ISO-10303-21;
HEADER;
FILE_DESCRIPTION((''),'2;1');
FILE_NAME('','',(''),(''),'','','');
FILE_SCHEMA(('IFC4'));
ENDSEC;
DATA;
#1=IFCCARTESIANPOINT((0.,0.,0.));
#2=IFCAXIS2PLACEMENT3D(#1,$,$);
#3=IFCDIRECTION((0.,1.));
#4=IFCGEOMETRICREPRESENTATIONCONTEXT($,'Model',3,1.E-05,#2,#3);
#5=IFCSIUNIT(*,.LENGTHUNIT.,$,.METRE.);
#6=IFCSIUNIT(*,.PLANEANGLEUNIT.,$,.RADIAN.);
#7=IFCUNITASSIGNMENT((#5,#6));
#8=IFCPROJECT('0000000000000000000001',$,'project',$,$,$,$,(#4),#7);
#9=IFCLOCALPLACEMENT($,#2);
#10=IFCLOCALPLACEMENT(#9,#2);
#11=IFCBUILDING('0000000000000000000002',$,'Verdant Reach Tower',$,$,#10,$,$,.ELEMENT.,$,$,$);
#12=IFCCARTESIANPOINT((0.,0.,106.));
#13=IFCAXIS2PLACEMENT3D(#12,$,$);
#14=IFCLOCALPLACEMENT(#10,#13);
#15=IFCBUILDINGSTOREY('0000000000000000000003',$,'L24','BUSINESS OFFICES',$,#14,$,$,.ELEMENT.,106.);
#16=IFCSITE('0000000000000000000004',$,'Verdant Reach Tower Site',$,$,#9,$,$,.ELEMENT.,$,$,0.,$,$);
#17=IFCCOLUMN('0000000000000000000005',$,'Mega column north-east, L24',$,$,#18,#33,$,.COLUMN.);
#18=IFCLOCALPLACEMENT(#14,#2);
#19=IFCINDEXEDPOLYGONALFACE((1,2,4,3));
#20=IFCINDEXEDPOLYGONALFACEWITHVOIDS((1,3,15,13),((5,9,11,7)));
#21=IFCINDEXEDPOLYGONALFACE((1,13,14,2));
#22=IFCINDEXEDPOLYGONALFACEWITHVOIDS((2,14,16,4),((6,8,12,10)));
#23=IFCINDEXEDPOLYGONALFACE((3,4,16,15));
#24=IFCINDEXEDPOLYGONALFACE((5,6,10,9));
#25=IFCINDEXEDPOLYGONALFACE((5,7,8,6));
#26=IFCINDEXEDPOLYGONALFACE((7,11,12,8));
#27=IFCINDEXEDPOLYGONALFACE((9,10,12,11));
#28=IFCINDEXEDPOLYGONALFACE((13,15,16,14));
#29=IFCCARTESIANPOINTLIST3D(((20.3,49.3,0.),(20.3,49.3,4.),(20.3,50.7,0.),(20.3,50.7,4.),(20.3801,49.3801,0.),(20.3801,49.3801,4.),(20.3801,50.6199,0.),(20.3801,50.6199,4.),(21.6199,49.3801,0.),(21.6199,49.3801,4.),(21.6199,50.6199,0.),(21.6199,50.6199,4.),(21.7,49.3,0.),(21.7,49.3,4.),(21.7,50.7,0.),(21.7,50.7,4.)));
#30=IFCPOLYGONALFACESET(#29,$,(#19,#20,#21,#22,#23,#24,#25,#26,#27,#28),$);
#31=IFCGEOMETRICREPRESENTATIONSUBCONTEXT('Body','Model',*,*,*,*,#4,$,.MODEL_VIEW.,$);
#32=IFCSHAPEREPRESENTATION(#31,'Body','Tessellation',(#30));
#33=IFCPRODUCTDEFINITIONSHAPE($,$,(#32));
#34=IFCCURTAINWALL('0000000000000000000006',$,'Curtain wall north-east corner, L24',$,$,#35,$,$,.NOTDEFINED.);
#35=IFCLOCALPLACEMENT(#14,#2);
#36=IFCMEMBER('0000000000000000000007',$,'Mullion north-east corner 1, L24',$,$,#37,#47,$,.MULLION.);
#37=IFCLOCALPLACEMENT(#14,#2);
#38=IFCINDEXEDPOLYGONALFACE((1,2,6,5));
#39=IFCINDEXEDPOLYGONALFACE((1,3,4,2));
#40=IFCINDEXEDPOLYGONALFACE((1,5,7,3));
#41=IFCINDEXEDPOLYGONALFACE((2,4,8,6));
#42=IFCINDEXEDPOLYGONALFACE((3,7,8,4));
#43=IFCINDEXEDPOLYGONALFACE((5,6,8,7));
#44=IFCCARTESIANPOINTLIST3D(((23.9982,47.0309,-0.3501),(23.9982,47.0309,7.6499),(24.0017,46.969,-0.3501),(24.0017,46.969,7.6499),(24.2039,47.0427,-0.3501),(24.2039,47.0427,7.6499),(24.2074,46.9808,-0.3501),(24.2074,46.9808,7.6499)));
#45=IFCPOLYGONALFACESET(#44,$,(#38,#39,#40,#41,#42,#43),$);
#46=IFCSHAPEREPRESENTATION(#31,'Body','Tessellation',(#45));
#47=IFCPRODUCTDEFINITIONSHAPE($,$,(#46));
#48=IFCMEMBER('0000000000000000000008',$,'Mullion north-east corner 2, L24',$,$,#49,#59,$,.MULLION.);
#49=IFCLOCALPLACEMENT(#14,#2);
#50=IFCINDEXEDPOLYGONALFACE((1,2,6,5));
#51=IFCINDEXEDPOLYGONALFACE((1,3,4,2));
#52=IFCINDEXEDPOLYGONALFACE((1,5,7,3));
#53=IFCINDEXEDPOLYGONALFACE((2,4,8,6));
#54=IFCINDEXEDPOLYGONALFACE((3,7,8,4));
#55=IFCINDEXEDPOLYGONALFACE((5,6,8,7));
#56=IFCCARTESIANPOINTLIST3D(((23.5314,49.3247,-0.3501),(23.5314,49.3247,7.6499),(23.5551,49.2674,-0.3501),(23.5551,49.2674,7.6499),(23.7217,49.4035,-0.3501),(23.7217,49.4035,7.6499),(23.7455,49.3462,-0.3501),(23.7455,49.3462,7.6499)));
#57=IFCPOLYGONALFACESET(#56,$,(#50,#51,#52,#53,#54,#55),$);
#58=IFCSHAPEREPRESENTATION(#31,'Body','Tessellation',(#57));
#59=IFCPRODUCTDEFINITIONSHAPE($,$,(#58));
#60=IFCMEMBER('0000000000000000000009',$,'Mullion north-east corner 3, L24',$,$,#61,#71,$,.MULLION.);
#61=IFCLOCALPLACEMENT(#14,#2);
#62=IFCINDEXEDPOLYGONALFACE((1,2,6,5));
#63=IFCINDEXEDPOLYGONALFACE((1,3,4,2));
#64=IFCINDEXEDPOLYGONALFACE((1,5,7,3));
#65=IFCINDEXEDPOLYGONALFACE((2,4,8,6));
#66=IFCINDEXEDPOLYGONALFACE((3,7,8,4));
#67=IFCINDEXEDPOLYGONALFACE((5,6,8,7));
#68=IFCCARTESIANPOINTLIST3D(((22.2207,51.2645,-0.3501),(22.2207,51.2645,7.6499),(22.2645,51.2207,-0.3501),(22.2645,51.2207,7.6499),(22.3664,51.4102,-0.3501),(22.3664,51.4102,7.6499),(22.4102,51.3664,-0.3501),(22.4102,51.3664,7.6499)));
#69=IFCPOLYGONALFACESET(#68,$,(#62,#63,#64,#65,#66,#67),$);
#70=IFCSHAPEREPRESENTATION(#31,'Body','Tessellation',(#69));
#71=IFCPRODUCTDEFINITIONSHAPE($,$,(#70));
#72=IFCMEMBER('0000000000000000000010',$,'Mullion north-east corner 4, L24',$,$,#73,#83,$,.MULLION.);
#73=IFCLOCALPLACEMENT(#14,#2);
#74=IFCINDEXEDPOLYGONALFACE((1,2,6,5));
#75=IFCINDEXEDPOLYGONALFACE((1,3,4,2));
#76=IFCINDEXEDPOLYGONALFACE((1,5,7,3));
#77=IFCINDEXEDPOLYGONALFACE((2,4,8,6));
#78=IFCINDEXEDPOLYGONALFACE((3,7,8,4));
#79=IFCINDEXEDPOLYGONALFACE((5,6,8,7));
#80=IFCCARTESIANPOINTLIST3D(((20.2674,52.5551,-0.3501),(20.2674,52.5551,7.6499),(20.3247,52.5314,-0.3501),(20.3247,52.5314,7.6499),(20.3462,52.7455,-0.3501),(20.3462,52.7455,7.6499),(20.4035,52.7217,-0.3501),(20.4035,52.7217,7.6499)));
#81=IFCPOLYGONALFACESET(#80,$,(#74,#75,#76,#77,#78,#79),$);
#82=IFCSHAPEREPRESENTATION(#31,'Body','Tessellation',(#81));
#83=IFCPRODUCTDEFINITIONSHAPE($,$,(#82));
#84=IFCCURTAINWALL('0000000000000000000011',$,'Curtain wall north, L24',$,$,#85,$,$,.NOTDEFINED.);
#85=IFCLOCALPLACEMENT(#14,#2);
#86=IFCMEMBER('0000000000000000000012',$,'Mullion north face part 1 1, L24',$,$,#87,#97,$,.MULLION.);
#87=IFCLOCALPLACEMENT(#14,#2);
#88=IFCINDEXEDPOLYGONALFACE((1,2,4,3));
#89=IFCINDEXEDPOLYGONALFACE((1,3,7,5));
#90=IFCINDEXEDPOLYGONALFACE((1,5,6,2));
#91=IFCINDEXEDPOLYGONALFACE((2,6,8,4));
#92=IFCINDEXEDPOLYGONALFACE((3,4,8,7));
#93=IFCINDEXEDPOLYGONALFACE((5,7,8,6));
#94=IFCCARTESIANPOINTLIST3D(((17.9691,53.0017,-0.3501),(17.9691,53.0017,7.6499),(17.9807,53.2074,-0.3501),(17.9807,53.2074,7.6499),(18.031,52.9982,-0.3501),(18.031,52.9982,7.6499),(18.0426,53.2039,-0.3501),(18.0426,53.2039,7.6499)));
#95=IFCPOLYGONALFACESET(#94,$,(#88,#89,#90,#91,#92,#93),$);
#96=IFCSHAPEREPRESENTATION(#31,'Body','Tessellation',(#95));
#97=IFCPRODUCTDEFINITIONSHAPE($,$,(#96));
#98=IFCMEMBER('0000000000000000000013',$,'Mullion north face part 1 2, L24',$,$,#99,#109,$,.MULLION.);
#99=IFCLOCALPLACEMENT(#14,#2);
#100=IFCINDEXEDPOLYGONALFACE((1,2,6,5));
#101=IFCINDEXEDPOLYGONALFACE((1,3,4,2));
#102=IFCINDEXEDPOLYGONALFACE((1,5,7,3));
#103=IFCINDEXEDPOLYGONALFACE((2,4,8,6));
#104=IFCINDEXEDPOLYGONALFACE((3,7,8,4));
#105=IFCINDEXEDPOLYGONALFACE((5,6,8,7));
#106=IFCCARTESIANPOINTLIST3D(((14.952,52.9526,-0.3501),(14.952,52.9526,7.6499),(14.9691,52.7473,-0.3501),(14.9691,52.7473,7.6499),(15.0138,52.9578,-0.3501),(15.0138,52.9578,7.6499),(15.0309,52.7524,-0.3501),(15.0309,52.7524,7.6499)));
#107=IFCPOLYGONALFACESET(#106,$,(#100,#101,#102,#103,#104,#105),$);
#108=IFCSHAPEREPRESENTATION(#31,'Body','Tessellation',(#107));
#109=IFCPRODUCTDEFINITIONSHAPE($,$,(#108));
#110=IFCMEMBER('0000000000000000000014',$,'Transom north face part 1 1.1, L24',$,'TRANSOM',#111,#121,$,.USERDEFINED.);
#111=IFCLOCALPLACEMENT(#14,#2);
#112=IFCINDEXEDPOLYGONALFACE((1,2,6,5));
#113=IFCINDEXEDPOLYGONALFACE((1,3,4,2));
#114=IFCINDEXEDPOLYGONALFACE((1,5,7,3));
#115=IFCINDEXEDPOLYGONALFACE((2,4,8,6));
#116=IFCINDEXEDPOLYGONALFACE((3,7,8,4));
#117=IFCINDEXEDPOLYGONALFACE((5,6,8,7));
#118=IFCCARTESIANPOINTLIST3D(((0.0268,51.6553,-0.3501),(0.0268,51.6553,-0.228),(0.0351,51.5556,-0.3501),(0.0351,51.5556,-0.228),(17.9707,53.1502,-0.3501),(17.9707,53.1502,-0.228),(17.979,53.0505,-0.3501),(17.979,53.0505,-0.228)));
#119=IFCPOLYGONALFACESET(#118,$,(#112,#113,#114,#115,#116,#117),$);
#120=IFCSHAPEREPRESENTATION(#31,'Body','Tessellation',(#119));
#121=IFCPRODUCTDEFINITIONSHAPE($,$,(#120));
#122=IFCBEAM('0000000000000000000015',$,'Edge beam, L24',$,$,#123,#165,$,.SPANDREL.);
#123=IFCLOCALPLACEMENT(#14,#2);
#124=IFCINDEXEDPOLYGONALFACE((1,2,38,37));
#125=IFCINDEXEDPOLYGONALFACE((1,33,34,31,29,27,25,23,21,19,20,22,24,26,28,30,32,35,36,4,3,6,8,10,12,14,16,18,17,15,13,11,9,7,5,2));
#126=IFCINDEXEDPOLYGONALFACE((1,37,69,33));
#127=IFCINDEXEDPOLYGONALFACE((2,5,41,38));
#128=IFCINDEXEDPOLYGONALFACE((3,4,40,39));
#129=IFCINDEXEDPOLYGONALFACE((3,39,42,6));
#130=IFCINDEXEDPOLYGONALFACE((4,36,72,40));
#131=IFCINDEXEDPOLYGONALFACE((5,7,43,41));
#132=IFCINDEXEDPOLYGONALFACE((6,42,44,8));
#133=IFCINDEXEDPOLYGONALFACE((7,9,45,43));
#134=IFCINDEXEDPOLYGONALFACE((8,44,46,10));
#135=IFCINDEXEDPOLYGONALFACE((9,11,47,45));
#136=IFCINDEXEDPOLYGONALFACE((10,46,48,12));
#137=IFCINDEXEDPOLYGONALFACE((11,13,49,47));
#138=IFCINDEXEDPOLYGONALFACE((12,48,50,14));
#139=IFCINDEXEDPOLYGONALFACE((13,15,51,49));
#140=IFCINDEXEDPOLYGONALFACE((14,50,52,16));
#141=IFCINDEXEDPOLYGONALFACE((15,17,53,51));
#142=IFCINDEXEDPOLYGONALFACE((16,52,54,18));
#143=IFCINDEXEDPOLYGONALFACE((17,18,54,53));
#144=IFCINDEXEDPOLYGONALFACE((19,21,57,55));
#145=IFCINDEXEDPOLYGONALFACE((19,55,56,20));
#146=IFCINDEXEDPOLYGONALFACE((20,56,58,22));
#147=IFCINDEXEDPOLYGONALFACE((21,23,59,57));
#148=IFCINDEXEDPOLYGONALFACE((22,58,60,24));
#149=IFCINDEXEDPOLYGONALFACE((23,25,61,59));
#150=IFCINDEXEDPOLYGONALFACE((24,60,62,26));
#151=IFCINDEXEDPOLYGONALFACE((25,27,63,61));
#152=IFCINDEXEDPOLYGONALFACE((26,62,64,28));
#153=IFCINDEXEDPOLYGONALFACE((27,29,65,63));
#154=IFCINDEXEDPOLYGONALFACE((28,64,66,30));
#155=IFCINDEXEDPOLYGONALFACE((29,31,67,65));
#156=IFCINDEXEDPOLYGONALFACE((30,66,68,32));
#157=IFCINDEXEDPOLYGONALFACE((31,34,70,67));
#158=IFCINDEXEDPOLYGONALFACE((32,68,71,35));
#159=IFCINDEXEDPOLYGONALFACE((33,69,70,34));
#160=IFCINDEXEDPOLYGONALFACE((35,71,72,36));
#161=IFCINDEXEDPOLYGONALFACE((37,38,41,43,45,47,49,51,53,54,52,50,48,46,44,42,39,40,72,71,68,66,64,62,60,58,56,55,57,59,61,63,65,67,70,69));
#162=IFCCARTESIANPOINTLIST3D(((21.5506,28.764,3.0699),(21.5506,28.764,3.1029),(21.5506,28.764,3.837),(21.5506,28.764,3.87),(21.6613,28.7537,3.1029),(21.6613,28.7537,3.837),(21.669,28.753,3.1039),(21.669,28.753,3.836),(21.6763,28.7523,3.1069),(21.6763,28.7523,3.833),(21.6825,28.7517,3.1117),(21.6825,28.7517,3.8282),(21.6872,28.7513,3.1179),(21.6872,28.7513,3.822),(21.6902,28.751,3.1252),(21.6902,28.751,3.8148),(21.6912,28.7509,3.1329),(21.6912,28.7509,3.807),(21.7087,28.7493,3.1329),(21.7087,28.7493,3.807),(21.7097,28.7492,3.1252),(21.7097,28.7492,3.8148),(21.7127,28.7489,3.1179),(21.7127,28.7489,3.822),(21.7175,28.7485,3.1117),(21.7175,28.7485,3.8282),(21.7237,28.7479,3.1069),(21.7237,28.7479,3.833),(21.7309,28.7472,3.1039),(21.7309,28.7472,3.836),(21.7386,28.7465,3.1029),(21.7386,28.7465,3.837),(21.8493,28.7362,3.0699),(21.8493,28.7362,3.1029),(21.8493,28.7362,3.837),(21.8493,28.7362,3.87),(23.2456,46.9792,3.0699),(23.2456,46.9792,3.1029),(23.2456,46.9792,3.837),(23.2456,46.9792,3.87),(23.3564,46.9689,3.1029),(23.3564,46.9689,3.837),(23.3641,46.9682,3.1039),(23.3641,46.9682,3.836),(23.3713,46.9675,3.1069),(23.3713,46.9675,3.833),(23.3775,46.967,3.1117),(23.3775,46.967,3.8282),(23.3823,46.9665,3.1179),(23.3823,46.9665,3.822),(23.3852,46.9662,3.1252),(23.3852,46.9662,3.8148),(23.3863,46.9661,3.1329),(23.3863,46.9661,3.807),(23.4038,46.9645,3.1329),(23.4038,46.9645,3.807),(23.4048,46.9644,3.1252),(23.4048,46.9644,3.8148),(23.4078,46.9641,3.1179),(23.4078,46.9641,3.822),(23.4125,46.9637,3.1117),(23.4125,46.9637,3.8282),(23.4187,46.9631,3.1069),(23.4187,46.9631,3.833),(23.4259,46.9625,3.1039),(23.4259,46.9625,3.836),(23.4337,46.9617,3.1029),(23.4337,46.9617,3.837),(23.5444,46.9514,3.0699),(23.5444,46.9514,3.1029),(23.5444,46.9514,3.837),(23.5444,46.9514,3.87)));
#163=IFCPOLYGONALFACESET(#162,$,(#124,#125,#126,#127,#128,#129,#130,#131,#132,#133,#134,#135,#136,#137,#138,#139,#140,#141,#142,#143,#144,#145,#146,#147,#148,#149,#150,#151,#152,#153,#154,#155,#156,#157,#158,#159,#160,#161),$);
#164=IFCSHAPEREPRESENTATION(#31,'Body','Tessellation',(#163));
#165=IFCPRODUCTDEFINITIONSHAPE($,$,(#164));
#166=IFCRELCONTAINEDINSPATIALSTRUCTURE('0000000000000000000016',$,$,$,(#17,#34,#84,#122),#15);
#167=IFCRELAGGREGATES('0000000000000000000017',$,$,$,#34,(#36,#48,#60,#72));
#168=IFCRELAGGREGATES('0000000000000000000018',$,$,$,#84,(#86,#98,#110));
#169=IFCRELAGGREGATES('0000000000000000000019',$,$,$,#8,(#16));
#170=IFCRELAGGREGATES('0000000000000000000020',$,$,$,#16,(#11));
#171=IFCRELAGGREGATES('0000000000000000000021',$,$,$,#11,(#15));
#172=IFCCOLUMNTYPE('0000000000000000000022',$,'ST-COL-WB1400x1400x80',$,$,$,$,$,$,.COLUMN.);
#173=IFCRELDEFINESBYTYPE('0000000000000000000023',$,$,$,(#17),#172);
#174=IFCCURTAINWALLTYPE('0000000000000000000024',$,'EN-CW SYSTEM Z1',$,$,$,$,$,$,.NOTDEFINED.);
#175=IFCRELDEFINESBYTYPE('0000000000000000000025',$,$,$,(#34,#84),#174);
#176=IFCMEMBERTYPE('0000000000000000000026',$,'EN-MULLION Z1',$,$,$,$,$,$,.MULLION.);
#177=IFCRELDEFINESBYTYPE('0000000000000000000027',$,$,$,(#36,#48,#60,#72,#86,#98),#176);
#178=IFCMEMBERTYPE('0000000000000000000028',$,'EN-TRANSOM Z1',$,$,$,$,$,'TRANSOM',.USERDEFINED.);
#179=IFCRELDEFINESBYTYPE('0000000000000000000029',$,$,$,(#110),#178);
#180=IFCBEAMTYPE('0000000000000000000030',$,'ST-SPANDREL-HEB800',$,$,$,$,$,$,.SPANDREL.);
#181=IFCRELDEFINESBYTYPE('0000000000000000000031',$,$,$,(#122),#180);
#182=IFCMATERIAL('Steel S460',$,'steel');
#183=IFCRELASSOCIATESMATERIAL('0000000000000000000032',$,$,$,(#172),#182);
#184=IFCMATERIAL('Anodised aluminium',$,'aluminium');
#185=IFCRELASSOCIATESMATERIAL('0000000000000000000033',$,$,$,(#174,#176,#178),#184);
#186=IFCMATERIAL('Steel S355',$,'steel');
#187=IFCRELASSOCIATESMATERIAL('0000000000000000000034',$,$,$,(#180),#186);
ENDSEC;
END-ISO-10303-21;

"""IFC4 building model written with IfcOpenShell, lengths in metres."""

from ifc_helpers import new_model, si_unit, direction, frame, origin, origin_2d, place, context, subcontext, project, spatial, rectangle, hollow_rectangle, i_section, extrude, material, material_profile, profile_set, type_object, element, aggregate, save


model = new_model("IFC4")

# Units and contexts
model_context = context("Model", 3, precision=1e-05, world=origin(), true_north=direction((0.0, 1.0)))
body_context = subcontext(model_context, "Body", "Model", "MODEL_VIEW")
ifc_project = project(units=[si_unit("LENGTHUNIT", "METRE"), si_unit("PLANEANGLEUNIT", "RADIAN")], contexts=[model_context])

# Site, building, storey
site_placement = place(None, origin())
site = spatial("IfcSite", under=ifc_project, at=site_placement, Name="Verdant Reach Tower Site", CompositionType="ELEMENT", RefElevation=0.0)
building_placement = place(site_placement, origin())
building = spatial("IfcBuilding", under=site, at=building_placement, Name="Verdant Reach Tower", CompositionType="ELEMENT")
storey_placement = place(building_placement, frame((0.0, 0.0, 106.0)))
storey = spatial("IfcBuildingStorey", under=building, at=storey_placement, Name="L24", Description="BUSINESS OFFICES", CompositionType="ELEMENT", Elevation=106.0)

# Column
ifc_material_1 = material(Name="Steel S460", Category="steel")
ifc_material_profile_1 = material_profile(ifc_material_1, hollow_rectangle(XDim=1.3999, YDim=1.3999, WallThickness=0.0801, at=origin_2d()), Name="WB 1400x1400x80")
ifc_profile_set_1 = profile_set([ifc_material_profile_1], Name="Steel S460")
column_type = type_object("IfcColumnType", Name="ST-COL-WB1400x1400x80", PredefinedType="COLUMN", material=ifc_profile_set_1)
column_placement = place(storey_placement, frame((21.0, 50.0, 0.0), z_axis=(0.0, 0.0, 1.0), x_axis=(1.0, 0.0, 0.0)))
element("IfcColumn", 1, at=column_placement, inside=storey, type_object=column_type, Name="Mega column north-east, L24", PredefinedType="COLUMN", context=body_context, shape_type="SweptSolid", body=[
    extrude(hollow_rectangle(XDim=1.3999, YDim=1.3999, WallThickness=0.0801, at=origin_2d()), origin(), (0.0, 0.0, 1.0), 4.0),
])

# Curtain walls, members
ifc_material_2 = material(Name="Anodised aluminium", Category="aluminium")
curtain_wall_type = type_object("IfcCurtainWallType", Name="EN-CW SYSTEM Z1", PredefinedType="NOTDEFINED", material=ifc_material_2)
curtain_wall_1_placement = place(storey_placement, origin())
curtain_wall_1 = element("IfcCurtainWall", 2, at=curtain_wall_1_placement, inside=storey, type_object=curtain_wall_type, Name="Curtain wall north-east corner, L24", PredefinedType="NOTDEFINED")
ifc_material_profile_2 = material_profile(ifc_material_2, rectangle(XDim=0.2061, YDim=0.062, at=origin_2d()), Name="Mullion 62x206")
ifc_profile_set_2 = profile_set([ifc_material_profile_2], Name="Anodised aluminium")
member_type_1 = type_object("IfcMemberType", Name="EN-MULLION Z1", PredefinedType="MULLION", material=ifc_profile_set_2)
member_1_placement = place(storey_placement, frame((24.1028, 47.0059, -0.3501), z_axis=(0.0, 0.0, 1.0), x_axis=(0.998366, 0.057135, 0.0)))
member_1 = element("IfcMember", 3, at=member_1_placement, type_object=member_type_1, Name="Mullion north-east corner 1, L24", PredefinedType="MULLION", context=body_context, shape_type="SweptSolid", body=[
    extrude(rectangle(XDim=0.2061, YDim=0.062, at=origin_2d()), origin(), (0.0, 0.0, 1.0), 8.0),
])
member_2_placement = place(storey_placement, frame((23.6384, 49.3354, -0.3501), z_axis=(0.0, 0.0, 1.0), x_axis=(0.923875, 0.382694, 0.0)))
member_2 = element("IfcMember", 4, at=member_2_placement, type_object=member_type_1, Name="Mullion north-east corner 2, L24", PredefinedType="MULLION", context=body_context, shape_type="SweptSolid", body=[
    extrude(rectangle(XDim=0.2061, YDim=0.062, at=origin_2d()), origin(), (0.0, 0.0, 1.0), 8.0),
])
member_3_placement = place(storey_placement, frame((22.3154, 51.3154, -0.3501), z_axis=(0.0, 0.0, 1.0), x_axis=(0.707107, 0.707107, 0.0)))
member_3 = element("IfcMember", 5, at=member_3_placement, type_object=member_type_1, Name="Mullion north-east corner 3, L24", PredefinedType="MULLION", context=body_context, shape_type="SweptSolid", body=[
    extrude(rectangle(XDim=0.2061, YDim=0.062, at=origin_2d()), origin(), (0.0, 0.0, 1.0), 8.0),
])
member_4_placement = place(storey_placement, frame((20.3354, 52.6384, -0.3501), z_axis=(0.0, 0.0, 1.0), x_axis=(0.382694, 0.923875, 0.0)))
member_4 = element("IfcMember", 6, at=member_4_placement, type_object=member_type_1, Name="Mullion north-east corner 4, L24", PredefinedType="MULLION", context=body_context, shape_type="SweptSolid", body=[
    extrude(rectangle(XDim=0.2061, YDim=0.062, at=origin_2d()), origin(), (0.0, 0.0, 1.0), 8.0),
])
curtain_wall_2_placement = place(storey_placement, origin())
curtain_wall_2 = element("IfcCurtainWall", 7, at=curtain_wall_2_placement, inside=storey, type_object=curtain_wall_type, Name="Curtain wall north, L24", PredefinedType="NOTDEFINED")
member_5_placement = place(storey_placement, frame((18.0059, 53.1028, -0.3501), z_axis=(0.0, 0.0, 1.0), x_axis=(0.056569, 0.998399, 0.0)))
member_5 = element("IfcMember", 8, at=member_5_placement, type_object=member_type_1, Name="Mullion north face part 1 1, L24", PredefinedType="MULLION", context=body_context, shape_type="SweptSolid", body=[
    extrude(rectangle(XDim=0.2061, YDim=0.062, at=origin_2d()), origin(), (0.0, 0.0, 1.0), 8.0),
])
member_6_placement = place(storey_placement, frame((14.9915, 52.8525, -0.3501), z_axis=(0.0, 0.0, 1.0), x_axis=(-0.083045, 0.996546, 0.0)))
member_6 = element("IfcMember", 9, at=member_6_placement, type_object=member_type_1, Name="Mullion north face part 1 2, L24", PredefinedType="MULLION", context=body_context, shape_type="SweptSolid", body=[
    extrude(rectangle(XDim=0.2061, YDim=0.062, at=origin_2d()), origin(), (0.0, 0.0, 1.0), 8.0),
])
ifc_material_profile_3 = material_profile(ifc_material_2, rectangle(XDim=0.1001, YDim=0.1221, at=origin_2d()), Name="Transom 122x100")
ifc_profile_set_3 = profile_set([ifc_material_profile_3], Name="Anodised aluminium")
member_type_2 = type_object("IfcMemberType", Name="EN-TRANSOM Z1", ElementType="TRANSOM", PredefinedType="USERDEFINED", material=ifc_profile_set_3)
member_7_placement = place(storey_placement, frame((17.9749, 53.1003, -0.2891), z_axis=(-0.996548, -0.083021, 0.0), x_axis=(0.083021, -0.996548, 0.0)))
member_7 = element("IfcMember", 10, at=member_7_placement, type_object=member_type_2, Name="Transom north face part 1 1.1, L24", ObjectType="TRANSOM", PredefinedType="USERDEFINED", context=body_context, shape_type="SweptSolid", body=[
    extrude(rectangle(XDim=0.1001, YDim=0.1221, at=origin_2d()), origin(), (0.0, 0.0, 1.0), 18.0061),
])

# Beam
ifc_material_3 = material(Name="Steel S355", Category="steel")
ifc_material_profile_4 = material_profile(ifc_material_3, i_section(OverallWidth=0.3, OverallDepth=0.8, WebThickness=0.0176, FlangeThickness=0.033, FilletRadius=0.03, at=origin_2d()), Name="HEB 800")
ifc_profile_set_4 = profile_set([ifc_material_profile_4], Name="Steel S355")
beam_type_1 = type_object("IfcBeamType", Name="ST-SPANDREL-HEB800", PredefinedType="SPANDREL", material=ifc_profile_set_4)
beam_1_placement = place(storey_placement, frame((23.395, 46.9653, 3.47), z_axis=(-0.092657, -0.995698, 0.0), x_axis=(0.995698, -0.092657, 0.0)))
element("IfcBeam", 11, at=beam_1_placement, inside=storey, type_object=beam_type_1, Name="Edge beam, L24", PredefinedType="SPANDREL", context=body_context, shape_type="SweptSolid", body=[
    extrude(i_section(OverallWidth=0.3, OverallDepth=0.8, WebThickness=0.0176, FlangeThickness=0.033, FilletRadius=0.03, at=origin_2d()), origin(), (0.0, 0.0, 1.0), 18.2939),
])

aggregate(curtain_wall_1, [member_1, member_2, member_3, member_4])
aggregate(curtain_wall_2, [member_5, member_6, member_7])

save(model, "model.ifc")
